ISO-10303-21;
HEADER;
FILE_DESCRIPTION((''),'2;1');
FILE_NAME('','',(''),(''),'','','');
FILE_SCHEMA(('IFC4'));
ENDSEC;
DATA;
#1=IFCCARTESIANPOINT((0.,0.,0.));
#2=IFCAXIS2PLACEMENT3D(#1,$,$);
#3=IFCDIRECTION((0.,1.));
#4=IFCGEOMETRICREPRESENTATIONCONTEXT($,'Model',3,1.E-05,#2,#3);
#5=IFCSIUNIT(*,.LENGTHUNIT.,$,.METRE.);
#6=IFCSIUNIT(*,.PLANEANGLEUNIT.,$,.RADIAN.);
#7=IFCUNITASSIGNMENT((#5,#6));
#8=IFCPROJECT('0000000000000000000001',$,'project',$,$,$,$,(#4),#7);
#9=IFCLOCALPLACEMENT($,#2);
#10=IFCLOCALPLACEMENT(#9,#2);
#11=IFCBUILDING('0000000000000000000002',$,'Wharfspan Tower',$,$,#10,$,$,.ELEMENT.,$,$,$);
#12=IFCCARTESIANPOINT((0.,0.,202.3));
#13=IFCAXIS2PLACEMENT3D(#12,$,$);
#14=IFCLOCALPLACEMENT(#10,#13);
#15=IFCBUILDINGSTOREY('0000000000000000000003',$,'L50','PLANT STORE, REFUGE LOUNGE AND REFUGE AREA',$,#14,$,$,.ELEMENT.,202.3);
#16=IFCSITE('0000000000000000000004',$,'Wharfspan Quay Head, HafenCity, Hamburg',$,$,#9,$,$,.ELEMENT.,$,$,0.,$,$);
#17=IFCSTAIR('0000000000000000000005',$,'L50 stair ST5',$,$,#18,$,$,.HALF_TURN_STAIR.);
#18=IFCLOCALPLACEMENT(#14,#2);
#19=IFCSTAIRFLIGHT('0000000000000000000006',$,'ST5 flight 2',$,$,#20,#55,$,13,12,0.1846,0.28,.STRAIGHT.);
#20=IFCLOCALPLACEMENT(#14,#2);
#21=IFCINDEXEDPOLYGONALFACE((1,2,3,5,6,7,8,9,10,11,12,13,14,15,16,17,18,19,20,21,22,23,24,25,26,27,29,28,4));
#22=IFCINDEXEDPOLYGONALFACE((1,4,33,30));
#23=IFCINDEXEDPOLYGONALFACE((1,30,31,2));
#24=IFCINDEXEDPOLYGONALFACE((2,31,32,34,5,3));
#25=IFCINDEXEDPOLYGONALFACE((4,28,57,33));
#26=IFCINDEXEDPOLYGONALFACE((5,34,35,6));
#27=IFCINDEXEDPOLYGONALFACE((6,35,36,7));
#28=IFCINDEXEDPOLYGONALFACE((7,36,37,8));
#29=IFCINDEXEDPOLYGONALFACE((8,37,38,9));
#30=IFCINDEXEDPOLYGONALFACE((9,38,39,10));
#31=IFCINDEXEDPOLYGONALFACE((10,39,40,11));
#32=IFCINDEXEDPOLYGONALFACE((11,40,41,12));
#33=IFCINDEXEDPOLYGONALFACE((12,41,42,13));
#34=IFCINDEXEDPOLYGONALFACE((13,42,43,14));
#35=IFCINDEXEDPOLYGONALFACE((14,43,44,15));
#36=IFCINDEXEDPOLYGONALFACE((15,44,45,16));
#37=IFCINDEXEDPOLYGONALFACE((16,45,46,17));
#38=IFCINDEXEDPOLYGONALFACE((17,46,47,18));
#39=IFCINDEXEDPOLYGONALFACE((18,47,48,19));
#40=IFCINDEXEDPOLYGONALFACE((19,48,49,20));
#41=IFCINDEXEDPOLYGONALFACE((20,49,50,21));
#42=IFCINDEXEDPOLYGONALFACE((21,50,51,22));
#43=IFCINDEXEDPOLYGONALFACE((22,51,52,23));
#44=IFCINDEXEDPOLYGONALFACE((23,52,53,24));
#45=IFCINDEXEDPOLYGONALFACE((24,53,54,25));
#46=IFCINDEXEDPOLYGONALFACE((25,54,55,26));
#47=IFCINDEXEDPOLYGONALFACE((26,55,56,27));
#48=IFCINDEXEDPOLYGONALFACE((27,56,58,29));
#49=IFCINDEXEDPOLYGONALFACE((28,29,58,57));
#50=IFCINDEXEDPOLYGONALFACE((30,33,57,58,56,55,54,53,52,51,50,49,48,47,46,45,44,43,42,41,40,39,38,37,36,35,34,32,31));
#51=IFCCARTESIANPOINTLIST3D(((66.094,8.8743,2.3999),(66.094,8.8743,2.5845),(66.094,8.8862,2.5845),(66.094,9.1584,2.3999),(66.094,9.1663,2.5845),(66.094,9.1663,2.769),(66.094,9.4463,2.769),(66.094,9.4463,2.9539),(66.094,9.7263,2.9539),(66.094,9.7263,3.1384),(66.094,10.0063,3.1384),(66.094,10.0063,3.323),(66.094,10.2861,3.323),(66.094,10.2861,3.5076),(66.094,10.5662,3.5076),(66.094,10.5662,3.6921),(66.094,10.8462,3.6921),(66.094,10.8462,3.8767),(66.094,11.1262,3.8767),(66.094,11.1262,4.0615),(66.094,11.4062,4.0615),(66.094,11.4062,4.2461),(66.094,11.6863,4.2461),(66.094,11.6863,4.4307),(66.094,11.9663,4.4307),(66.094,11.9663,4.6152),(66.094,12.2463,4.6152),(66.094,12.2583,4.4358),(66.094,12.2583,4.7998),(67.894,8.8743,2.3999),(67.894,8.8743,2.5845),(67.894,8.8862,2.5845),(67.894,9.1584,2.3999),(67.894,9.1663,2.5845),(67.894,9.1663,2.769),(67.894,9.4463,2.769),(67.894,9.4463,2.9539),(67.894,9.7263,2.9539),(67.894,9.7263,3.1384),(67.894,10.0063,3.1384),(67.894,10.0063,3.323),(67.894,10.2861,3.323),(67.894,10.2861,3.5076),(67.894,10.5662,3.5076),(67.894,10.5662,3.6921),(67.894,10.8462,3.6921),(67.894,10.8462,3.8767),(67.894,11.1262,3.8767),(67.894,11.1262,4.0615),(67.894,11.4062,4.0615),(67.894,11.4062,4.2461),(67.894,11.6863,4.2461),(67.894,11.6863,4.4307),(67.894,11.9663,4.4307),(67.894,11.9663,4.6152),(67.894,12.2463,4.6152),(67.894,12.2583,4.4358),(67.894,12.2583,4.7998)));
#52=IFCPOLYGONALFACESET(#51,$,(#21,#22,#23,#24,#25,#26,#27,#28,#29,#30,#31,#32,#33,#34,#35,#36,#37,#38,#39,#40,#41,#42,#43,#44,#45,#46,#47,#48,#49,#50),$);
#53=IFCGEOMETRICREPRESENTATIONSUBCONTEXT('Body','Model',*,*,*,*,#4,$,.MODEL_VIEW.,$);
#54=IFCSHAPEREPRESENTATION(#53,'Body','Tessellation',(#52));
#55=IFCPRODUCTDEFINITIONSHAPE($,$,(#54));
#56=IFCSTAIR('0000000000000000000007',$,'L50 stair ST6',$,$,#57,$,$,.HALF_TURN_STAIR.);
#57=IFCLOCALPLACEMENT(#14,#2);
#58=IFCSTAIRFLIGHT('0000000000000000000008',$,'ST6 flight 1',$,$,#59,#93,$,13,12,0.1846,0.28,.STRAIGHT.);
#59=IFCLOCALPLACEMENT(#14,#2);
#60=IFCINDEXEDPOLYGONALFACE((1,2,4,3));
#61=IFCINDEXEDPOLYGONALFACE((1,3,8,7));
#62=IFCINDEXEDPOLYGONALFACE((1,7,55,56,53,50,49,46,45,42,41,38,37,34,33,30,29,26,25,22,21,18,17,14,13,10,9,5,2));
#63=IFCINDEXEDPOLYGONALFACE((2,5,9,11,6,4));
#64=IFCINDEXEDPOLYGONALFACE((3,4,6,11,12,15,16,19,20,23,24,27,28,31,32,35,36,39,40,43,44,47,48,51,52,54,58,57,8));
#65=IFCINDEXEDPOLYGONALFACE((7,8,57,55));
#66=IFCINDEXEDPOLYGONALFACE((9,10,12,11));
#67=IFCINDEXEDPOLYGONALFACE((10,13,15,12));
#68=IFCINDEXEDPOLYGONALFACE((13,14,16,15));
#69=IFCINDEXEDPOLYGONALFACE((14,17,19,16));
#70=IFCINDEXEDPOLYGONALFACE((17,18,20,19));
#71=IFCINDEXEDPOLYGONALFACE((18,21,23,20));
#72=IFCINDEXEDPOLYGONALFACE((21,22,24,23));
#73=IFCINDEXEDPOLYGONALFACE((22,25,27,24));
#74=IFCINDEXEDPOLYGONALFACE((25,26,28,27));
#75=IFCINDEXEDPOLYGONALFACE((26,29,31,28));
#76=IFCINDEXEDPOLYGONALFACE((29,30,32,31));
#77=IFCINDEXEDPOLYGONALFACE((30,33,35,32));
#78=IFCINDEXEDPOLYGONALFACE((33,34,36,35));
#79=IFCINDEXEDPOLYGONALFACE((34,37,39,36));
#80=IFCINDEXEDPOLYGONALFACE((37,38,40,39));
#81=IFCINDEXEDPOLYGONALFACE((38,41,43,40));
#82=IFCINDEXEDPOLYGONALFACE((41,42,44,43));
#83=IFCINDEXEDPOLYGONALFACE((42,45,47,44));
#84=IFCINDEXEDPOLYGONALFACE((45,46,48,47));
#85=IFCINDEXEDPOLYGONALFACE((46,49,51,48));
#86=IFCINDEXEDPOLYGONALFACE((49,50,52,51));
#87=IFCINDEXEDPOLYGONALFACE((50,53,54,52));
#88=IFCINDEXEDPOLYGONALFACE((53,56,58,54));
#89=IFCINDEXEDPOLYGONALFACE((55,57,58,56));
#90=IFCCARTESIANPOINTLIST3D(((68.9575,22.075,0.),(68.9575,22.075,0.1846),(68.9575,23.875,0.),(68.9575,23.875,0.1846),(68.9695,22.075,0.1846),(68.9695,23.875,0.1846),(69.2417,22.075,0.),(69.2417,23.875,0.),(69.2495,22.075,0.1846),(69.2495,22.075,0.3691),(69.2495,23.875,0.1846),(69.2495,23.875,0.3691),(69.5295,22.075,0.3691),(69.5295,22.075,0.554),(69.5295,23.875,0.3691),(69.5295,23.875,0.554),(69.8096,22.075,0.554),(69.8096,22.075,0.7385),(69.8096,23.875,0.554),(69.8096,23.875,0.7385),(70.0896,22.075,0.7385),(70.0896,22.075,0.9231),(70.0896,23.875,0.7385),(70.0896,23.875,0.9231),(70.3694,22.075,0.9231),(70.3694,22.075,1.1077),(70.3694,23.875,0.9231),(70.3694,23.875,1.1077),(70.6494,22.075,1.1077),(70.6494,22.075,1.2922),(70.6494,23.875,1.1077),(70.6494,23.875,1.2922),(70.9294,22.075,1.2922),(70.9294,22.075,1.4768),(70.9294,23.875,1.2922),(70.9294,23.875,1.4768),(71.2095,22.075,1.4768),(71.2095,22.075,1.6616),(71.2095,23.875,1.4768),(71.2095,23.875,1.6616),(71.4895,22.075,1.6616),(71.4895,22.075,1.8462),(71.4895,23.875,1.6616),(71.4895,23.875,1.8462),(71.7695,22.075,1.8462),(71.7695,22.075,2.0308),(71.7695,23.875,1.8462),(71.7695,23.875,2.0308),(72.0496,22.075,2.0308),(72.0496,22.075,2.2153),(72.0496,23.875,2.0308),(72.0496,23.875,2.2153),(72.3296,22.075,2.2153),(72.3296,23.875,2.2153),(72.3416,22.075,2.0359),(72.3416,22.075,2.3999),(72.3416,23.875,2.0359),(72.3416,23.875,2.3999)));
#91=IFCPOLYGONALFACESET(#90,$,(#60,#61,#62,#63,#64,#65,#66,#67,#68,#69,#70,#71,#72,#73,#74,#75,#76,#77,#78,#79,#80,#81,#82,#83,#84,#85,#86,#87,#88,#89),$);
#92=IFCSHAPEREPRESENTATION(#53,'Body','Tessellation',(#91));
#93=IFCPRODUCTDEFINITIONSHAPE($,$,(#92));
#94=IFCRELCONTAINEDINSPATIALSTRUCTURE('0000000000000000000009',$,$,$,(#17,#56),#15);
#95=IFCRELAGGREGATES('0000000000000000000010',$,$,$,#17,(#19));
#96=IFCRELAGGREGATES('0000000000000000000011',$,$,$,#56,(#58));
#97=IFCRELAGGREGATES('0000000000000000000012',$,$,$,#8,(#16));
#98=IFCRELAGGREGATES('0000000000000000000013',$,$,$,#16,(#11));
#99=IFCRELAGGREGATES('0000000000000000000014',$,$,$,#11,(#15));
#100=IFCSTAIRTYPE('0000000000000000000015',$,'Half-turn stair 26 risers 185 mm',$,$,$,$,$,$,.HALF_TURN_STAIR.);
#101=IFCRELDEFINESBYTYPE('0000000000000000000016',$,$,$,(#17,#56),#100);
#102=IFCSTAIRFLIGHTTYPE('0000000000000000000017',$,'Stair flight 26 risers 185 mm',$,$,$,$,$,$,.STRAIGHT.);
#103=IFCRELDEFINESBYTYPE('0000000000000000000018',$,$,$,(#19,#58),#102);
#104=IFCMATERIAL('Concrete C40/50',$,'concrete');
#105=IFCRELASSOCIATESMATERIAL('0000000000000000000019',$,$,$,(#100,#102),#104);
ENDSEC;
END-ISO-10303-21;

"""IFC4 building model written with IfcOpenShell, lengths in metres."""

from ifc_helpers import new_model, si_unit, direction, frame, origin, place, context, subcontext, project, spatial, polyline, outline, extrude, material, type_object, element, aggregate, save


model = new_model("IFC4")

# Units and contexts
model_context = context("Model", 3, precision=1e-05, world=origin(), true_north=direction((0.0, 1.0)))
body_context = subcontext(model_context, "Body", "Model", "MODEL_VIEW")
ifc_project = project(units=[si_unit("LENGTHUNIT", "METRE"), si_unit("PLANEANGLEUNIT", "RADIAN")], contexts=[model_context])

# Site, building, storey
site_placement = place(None, origin())
site = spatial("IfcSite", under=ifc_project, at=site_placement, Name="Wharfspan Quay Head, HafenCity, Hamburg", CompositionType="ELEMENT", RefElevation=0.0)
building_placement = place(site_placement, origin())
building = spatial("IfcBuilding", under=site, at=building_placement, Name="Wharfspan Tower", CompositionType="ELEMENT")
storey_placement = place(building_placement, frame((0.0, 0.0, 202.3)))
storey = spatial("IfcBuildingStorey", under=building, at=storey_placement, Name="L50", Description="PLANT STORE, REFUGE LOUNGE AND REFUGE AREA", CompositionType="ELEMENT", Elevation=202.3)

# Shared definitions
ifc_material_1 = material(Name="Concrete C40/50", Category="concrete")

# Stair, stair flight
stair_type = type_object("IfcStairType", Name="Half-turn stair 26 risers 185 mm", PredefinedType="HALF_TURN_STAIR", material=ifc_material_1)
stair_1_placement = place(storey_placement, origin())
stair_1 = element("IfcStair", 1, at=stair_1_placement, inside=storey, type_object=stair_type, Name="L50 stair ST5", PredefinedType="HALF_TURN_STAIR")
stair_flight_type = type_object("IfcStairFlightType", Name="Stair flight 26 risers 185 mm", PredefinedType="STRAIGHT", material=ifc_material_1)
stair_flight_1_placement = place(storey_placement, frame((66.9939, 8.8862, 2.3999), z_axis=(0.0, 0.0, 1.0), x_axis=(0.0, 1.0, 0.0)))
stair_flight_1 = element("IfcStairFlight", 2, at=stair_flight_1_placement, type_object=stair_flight_type, Name="ST5 flight 2", NumberOfRisers=13, NumberOfTreads=12, PredefinedType="STRAIGHT", RiserHeight=0.1846, TreadLength=0.28, context=body_context, shape_type="SweptSolid", body=[
    extrude(outline(polyline([(-0.012, 0.0), (-0.012, 0.1846), (0.0, 0.1846), (0.28, 0.1846), (0.28, 0.3691), (0.5601, 0.3691), (0.5601, 0.554), (0.8401, 0.554), (0.8401, 0.7385), (1.1201, 0.7385), (1.1201, 0.9231), (1.3999, 0.9231), (1.3999, 1.1077), (1.6799, 1.1077), (1.6799, 1.2922), (1.96, 1.2922), (1.96, 1.4768), (2.24, 1.4768), (2.24, 1.6616), (2.52, 1.6616), (2.52, 1.8462), (2.8, 1.8462), (2.8, 2.0308), (3.0801, 2.0308), (3.0801, 2.2153), (3.3601, 2.2153), (3.3721, 2.3999), (3.3721, 2.0359), (0.2722, 0.0), (-0.012, 0.0)])), frame((0.0, 0.8999, 0.0), z_axis=(0.0, -1.0, 0.0), x_axis=(1.0, 0.0, 0.0)), (0.0, 0.0, 1.0), 1.8),
])
aggregate(stair_1, [stair_flight_1])

# Stair, stair flight
stair_2_placement = place(storey_placement, origin())
stair_2 = element("IfcStair", 3, at=stair_2_placement, inside=storey, type_object=stair_type, Name="L50 stair ST6", PredefinedType="HALF_TURN_STAIR")
stair_flight_2_placement = place(storey_placement, frame((68.9695, 22.9751, 0.0), z_axis=(0.0, 0.0, 1.0), x_axis=(1.0, 0.0, 0.0)))
stair_flight_2 = element("IfcStairFlight", 4, at=stair_flight_2_placement, type_object=stair_flight_type, Name="ST6 flight 1", NumberOfRisers=13, NumberOfTreads=12, PredefinedType="STRAIGHT", RiserHeight=0.1846, TreadLength=0.28, context=body_context, shape_type="SweptSolid", body=[
    extrude(outline(polyline([(-0.012, 0.0), (-0.012, 0.1846), (0.0, 0.1846), (0.28, 0.1846), (0.28, 0.3691), (0.5601, 0.3691), (0.5601, 0.554), (0.8401, 0.554), (0.8401, 0.7385), (1.1201, 0.7385), (1.1201, 0.9231), (1.3999, 0.9231), (1.3999, 1.1077), (1.6799, 1.1077), (1.6799, 1.2922), (1.96, 1.2922), (1.96, 1.4768), (2.24, 1.4768), (2.24, 1.6616), (2.52, 1.6616), (2.52, 1.8462), (2.8, 1.8462), (2.8, 2.0308), (3.0801, 2.0308), (3.0801, 2.2153), (3.3601, 2.2153), (3.3721, 2.3999), (3.3721, 2.0359), (0.2722, 0.0), (-0.012, 0.0)])), frame((0.0, 0.8999, 0.0), z_axis=(0.0, -1.0, 0.0), x_axis=(1.0, 0.0, 0.0)), (0.0, 0.0, 1.0), 1.8),
])
aggregate(stair_2, [stair_flight_2])

save(model, "model.ifc")
